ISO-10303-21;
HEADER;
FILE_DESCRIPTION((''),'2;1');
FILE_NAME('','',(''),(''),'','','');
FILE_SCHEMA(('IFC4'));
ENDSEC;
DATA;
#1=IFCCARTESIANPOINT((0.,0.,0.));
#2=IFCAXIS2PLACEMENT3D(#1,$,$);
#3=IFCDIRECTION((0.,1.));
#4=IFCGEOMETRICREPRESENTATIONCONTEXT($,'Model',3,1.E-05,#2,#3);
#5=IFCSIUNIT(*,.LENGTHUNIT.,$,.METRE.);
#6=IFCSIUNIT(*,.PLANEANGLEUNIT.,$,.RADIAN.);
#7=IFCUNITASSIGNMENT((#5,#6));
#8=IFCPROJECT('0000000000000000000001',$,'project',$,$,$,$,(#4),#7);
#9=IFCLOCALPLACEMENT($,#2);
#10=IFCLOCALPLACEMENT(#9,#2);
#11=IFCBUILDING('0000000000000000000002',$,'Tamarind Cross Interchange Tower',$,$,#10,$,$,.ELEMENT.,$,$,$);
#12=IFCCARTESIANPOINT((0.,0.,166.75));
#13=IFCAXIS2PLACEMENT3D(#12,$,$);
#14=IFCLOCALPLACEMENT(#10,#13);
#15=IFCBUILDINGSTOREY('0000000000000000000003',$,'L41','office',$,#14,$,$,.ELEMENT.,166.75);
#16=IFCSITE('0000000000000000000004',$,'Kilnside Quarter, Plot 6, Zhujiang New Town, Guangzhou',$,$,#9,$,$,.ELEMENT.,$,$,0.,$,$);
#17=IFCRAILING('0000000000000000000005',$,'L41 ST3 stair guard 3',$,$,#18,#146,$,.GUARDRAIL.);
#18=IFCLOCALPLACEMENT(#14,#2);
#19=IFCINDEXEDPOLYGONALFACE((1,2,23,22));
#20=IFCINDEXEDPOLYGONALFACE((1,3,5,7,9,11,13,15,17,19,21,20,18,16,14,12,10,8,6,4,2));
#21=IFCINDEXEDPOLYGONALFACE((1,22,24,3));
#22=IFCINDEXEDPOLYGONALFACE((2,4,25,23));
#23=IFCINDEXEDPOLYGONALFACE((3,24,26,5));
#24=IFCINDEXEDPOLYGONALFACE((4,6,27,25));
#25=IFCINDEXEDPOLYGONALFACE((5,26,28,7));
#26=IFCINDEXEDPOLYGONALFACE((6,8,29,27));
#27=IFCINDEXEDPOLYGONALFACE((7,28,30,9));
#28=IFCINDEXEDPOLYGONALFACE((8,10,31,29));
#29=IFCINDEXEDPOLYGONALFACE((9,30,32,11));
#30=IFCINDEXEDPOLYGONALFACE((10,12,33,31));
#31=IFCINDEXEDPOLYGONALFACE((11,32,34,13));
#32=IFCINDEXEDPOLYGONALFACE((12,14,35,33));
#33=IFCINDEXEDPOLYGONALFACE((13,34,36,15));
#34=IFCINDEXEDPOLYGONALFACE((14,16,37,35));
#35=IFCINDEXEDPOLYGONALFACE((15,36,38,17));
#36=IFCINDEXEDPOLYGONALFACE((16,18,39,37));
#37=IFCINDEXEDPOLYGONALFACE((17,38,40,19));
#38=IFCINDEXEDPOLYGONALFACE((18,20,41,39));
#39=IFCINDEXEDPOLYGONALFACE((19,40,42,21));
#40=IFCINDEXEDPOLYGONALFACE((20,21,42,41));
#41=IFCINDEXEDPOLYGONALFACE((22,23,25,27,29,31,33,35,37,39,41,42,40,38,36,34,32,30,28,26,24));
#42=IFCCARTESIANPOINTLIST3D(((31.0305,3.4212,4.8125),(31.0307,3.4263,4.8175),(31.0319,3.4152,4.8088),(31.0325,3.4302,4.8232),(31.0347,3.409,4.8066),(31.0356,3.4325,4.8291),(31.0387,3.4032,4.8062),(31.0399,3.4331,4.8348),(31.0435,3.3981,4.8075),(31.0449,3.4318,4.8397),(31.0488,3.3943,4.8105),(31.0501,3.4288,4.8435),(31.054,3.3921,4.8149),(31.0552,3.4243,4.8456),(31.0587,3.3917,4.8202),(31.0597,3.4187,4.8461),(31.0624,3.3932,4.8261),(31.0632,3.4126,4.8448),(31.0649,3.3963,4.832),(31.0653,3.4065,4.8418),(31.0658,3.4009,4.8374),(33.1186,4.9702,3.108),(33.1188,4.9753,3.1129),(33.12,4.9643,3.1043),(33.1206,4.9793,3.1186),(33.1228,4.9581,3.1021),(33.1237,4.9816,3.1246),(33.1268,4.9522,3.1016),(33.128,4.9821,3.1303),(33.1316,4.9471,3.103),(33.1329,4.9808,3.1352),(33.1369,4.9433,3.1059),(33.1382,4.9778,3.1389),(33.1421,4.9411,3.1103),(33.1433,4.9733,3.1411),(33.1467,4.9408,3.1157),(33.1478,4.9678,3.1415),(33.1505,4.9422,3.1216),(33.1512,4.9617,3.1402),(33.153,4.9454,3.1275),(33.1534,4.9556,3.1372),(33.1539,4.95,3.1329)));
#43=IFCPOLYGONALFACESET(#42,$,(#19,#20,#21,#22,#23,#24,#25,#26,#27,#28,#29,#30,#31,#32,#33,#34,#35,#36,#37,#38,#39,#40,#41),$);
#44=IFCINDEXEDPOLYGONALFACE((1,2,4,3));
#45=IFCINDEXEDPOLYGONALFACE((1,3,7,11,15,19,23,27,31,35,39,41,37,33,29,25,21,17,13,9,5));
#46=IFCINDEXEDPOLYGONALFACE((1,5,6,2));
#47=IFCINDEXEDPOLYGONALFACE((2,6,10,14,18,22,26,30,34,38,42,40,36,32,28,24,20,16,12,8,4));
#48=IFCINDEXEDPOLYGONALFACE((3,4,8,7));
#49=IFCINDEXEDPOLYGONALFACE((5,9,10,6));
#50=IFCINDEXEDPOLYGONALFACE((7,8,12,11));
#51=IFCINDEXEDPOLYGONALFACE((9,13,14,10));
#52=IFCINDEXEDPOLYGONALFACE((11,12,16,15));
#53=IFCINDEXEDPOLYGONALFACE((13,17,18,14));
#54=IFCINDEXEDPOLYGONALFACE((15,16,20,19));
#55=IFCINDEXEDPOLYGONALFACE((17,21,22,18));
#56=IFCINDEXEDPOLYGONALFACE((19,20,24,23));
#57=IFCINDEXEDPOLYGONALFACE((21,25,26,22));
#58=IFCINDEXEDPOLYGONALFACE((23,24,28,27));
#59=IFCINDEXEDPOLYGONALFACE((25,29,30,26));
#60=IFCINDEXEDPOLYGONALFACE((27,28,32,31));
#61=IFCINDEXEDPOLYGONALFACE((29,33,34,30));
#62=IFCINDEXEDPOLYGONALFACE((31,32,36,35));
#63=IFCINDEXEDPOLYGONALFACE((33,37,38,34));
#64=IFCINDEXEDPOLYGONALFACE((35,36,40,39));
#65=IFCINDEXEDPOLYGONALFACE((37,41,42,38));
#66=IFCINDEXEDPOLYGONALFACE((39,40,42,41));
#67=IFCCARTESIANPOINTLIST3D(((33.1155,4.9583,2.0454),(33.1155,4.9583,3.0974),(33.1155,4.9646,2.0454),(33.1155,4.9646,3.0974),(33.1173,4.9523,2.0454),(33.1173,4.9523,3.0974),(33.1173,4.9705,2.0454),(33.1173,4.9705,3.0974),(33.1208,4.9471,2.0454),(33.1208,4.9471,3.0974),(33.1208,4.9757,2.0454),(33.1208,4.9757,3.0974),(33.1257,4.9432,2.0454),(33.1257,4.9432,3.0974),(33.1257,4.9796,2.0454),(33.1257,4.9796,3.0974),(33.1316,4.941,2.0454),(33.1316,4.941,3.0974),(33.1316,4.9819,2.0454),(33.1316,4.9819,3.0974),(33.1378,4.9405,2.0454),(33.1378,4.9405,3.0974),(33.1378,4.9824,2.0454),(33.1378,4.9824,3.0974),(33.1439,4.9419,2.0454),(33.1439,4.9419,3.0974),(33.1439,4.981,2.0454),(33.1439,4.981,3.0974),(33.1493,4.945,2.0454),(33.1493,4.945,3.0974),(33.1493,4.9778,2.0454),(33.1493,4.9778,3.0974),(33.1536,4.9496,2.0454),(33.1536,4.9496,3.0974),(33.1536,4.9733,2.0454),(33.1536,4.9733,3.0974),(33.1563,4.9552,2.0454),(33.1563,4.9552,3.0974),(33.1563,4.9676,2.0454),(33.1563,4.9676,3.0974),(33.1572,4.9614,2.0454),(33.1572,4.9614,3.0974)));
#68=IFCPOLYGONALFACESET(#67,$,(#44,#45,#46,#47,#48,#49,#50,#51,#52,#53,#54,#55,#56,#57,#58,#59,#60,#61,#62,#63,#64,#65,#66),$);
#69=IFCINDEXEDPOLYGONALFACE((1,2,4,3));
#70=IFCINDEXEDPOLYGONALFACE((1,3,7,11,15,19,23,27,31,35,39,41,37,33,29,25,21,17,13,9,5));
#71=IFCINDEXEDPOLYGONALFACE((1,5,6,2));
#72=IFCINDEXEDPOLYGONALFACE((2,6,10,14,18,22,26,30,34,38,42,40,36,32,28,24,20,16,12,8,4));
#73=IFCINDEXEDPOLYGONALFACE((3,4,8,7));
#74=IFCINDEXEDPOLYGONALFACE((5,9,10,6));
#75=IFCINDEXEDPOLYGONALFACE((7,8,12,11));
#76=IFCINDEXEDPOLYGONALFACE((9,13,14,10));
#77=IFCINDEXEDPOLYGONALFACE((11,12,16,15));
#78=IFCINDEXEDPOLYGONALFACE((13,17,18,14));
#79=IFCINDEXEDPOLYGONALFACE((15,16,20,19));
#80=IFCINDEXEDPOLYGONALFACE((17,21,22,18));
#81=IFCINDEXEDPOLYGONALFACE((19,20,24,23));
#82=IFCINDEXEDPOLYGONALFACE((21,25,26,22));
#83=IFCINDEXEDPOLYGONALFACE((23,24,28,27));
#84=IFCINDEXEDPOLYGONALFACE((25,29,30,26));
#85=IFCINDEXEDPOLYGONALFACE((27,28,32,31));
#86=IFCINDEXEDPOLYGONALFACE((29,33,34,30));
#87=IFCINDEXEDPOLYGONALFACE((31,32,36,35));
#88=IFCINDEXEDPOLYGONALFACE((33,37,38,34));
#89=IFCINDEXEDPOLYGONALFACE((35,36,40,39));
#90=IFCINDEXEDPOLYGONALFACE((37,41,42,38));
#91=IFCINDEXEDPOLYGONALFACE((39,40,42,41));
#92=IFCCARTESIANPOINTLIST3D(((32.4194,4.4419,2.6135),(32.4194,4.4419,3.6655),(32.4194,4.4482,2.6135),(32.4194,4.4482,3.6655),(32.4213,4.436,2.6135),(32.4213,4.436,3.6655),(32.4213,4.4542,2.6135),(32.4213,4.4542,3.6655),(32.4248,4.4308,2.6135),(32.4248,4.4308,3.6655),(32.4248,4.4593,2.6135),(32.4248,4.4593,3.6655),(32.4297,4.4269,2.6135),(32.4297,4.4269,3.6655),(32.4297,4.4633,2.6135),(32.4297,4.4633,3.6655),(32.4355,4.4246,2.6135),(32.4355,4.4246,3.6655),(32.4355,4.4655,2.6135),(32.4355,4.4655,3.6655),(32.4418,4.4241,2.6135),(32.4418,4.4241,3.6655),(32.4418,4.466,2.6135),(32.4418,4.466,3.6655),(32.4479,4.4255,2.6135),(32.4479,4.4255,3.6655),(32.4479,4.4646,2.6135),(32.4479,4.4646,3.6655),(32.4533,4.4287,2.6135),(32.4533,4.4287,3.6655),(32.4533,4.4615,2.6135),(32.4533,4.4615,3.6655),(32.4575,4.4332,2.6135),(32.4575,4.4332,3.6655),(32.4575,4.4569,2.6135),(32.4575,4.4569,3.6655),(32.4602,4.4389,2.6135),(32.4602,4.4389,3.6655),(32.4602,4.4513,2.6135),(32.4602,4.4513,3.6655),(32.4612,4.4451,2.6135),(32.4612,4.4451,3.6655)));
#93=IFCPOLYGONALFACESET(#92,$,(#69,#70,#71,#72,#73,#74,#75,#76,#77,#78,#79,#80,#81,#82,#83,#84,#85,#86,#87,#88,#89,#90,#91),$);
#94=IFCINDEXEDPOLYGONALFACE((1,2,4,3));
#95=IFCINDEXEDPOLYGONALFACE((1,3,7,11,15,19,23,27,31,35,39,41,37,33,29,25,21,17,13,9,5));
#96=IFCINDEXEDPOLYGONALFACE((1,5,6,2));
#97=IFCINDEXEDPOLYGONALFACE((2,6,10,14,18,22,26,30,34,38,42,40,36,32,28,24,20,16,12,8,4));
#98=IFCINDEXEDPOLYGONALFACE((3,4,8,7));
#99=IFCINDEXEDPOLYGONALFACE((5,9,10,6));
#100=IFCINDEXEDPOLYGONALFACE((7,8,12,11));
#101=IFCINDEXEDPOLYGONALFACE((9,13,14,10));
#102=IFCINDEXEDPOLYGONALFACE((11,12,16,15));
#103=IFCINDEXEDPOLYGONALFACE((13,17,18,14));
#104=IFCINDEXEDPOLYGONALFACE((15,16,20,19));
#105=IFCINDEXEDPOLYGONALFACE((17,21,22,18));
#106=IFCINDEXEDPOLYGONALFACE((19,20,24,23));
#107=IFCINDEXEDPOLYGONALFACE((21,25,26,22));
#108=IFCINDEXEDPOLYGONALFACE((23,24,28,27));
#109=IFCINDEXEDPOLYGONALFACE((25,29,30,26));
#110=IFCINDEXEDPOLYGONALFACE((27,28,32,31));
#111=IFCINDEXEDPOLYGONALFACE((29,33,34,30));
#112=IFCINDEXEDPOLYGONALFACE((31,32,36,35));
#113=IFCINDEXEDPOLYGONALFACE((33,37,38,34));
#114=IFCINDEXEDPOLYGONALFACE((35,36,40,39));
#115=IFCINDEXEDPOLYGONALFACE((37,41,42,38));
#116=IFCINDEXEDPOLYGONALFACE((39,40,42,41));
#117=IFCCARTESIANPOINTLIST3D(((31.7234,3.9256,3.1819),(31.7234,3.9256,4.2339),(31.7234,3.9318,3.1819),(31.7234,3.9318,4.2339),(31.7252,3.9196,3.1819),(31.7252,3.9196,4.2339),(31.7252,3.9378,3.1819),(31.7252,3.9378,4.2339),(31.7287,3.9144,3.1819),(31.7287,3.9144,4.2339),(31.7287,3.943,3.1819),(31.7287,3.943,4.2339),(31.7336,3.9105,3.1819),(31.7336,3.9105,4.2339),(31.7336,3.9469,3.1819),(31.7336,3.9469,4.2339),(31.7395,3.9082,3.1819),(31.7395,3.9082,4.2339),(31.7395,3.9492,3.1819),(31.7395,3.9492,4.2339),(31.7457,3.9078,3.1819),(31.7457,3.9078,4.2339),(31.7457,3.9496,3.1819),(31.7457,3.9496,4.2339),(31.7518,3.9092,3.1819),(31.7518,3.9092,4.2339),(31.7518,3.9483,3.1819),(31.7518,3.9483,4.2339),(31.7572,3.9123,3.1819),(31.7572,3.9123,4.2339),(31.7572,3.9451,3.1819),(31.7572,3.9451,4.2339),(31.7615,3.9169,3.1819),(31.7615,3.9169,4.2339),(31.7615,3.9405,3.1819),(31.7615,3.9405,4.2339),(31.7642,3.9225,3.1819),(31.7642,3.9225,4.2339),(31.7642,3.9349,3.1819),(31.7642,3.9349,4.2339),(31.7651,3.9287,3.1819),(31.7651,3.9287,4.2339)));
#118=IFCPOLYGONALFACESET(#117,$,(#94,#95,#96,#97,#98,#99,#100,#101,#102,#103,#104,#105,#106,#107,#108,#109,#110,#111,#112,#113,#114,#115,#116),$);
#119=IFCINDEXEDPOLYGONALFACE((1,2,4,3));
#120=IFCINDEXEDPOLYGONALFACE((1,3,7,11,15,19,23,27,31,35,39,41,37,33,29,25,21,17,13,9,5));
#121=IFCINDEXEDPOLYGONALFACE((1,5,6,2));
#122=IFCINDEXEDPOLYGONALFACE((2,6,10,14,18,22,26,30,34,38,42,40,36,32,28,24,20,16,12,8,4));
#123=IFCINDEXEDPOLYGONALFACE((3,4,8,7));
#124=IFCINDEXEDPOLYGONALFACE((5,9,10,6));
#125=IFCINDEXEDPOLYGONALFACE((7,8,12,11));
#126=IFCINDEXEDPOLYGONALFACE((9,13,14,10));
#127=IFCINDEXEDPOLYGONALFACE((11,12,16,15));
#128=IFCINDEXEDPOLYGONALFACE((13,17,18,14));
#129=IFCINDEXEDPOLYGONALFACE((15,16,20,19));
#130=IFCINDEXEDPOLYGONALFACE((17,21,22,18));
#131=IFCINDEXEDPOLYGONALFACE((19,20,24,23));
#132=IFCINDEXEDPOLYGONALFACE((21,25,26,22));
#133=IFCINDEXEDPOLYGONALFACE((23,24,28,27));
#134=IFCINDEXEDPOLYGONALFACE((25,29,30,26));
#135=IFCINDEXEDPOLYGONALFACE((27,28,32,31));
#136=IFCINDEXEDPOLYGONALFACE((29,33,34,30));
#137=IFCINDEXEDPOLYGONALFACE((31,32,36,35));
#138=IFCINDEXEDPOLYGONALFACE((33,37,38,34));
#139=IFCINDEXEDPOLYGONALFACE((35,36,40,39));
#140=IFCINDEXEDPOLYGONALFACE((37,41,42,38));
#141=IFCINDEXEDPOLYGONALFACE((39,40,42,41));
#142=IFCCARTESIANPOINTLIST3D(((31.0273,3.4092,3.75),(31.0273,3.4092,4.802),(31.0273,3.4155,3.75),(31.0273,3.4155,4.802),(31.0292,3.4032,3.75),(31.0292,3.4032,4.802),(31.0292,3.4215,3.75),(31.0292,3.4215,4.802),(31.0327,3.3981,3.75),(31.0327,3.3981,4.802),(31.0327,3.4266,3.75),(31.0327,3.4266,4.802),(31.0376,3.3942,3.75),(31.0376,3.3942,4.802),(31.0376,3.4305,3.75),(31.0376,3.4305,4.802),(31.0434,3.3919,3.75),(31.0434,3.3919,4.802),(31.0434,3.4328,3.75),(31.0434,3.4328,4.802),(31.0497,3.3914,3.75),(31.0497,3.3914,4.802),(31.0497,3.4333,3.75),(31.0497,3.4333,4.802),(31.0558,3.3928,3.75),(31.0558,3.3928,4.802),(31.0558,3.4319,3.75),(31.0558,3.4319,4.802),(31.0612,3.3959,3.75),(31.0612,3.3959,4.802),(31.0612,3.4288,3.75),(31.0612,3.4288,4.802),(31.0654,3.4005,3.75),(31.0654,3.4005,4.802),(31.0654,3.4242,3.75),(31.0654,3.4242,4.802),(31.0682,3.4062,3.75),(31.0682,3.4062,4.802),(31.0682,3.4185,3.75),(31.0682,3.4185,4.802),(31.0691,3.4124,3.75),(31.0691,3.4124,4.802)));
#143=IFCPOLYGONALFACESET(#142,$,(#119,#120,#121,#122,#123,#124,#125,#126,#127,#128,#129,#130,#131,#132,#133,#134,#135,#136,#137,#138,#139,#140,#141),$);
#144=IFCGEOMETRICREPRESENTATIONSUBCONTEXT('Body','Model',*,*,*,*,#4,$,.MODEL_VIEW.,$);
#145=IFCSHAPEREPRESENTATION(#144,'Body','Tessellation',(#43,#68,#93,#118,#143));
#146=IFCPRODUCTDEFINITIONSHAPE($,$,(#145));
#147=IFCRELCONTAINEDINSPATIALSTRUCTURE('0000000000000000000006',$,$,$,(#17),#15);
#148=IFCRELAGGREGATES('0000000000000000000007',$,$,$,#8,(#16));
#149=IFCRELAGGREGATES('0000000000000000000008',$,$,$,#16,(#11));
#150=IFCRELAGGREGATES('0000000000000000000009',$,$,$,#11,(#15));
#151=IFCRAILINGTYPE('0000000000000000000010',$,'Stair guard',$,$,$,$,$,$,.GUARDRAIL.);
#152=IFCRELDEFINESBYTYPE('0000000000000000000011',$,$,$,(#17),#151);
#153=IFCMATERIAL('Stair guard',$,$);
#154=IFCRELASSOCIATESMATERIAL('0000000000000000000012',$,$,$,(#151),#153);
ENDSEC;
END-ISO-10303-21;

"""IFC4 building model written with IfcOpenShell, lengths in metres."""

from ifc_helpers import new_model, si_unit, direction, frame, origin, origin_2d, place, context, subcontext, project, spatial, circle, extrude, material, type_object, element, save


model = new_model("IFC4")

# Units and contexts
model_context = context("Model", 3, precision=1e-05, world=origin(), true_north=direction((0.0, 1.0)))
body_context = subcontext(model_context, "Body", "Model", "MODEL_VIEW")
ifc_project = project(units=[si_unit("LENGTHUNIT", "METRE"), si_unit("PLANEANGLEUNIT", "RADIAN")], contexts=[model_context])

# Site, building, storey
site_placement = place(None, origin())
site = spatial("IfcSite", under=ifc_project, at=site_placement, Name="Kilnside Quarter, Plot 6, Zhujiang New Town, Guangzhou", CompositionType="ELEMENT", RefElevation=0.0)
building_placement = place(site_placement, origin())
building = spatial("IfcBuilding", under=site, at=building_placement, Name="Tamarind Cross Interchange Tower", CompositionType="ELEMENT")
storey_placement = place(building_placement, frame((0.0, 0.0, 166.75)))
storey = spatial("IfcBuildingStorey", under=building, at=storey_placement, Name="L41", Description="office", CompositionType="ELEMENT", Elevation=166.75)

# Railing
ifc_material_1 = material(Name="Stair guard")
railing_type_1 = type_object("IfcRailingType", Name="Stair guard", PredefinedType="GUARDRAIL", material=ifc_material_1)
railing_1_placement = place(storey_placement, frame((33.1362, 4.9614, 2.0454)))
element("IfcRailing", 1, at=railing_1_placement, inside=storey, type_object=railing_type_1, Name="L41 ST3 stair guard 3", PredefinedType="GUARDRAIL", context=body_context, shape_type="SweptSolid", body=[
    extrude(circle(Radius=0.0239, at=origin_2d()), frame((0.0, 0.0, 1.0762), z_axis=(-0.671653, -0.498263, 0.548285), x_axis=(0.5958, -0.803133, 0.0)), (0.0, 0.0, 1.0), 3.1089),
    extrude(circle(Radius=0.021, at=origin_2d()), origin(), (0.0, 0.0, 1.0), 1.052),
    extrude(circle(Radius=0.021, at=origin_2d()), frame((-0.696, -0.5164, 0.5681)), (0.0, 0.0, 1.0), 1.052),
    extrude(circle(Radius=0.021, at=origin_2d()), frame((-1.3921, -1.0327, 1.1365)), (0.0, 0.0, 1.0), 1.052),
    extrude(circle(Radius=0.021, at=origin_2d()), frame((-2.0881, -1.5491, 1.7046)), (0.0, 0.0, 1.0), 1.052),
])

save(model, "model.ifc")
